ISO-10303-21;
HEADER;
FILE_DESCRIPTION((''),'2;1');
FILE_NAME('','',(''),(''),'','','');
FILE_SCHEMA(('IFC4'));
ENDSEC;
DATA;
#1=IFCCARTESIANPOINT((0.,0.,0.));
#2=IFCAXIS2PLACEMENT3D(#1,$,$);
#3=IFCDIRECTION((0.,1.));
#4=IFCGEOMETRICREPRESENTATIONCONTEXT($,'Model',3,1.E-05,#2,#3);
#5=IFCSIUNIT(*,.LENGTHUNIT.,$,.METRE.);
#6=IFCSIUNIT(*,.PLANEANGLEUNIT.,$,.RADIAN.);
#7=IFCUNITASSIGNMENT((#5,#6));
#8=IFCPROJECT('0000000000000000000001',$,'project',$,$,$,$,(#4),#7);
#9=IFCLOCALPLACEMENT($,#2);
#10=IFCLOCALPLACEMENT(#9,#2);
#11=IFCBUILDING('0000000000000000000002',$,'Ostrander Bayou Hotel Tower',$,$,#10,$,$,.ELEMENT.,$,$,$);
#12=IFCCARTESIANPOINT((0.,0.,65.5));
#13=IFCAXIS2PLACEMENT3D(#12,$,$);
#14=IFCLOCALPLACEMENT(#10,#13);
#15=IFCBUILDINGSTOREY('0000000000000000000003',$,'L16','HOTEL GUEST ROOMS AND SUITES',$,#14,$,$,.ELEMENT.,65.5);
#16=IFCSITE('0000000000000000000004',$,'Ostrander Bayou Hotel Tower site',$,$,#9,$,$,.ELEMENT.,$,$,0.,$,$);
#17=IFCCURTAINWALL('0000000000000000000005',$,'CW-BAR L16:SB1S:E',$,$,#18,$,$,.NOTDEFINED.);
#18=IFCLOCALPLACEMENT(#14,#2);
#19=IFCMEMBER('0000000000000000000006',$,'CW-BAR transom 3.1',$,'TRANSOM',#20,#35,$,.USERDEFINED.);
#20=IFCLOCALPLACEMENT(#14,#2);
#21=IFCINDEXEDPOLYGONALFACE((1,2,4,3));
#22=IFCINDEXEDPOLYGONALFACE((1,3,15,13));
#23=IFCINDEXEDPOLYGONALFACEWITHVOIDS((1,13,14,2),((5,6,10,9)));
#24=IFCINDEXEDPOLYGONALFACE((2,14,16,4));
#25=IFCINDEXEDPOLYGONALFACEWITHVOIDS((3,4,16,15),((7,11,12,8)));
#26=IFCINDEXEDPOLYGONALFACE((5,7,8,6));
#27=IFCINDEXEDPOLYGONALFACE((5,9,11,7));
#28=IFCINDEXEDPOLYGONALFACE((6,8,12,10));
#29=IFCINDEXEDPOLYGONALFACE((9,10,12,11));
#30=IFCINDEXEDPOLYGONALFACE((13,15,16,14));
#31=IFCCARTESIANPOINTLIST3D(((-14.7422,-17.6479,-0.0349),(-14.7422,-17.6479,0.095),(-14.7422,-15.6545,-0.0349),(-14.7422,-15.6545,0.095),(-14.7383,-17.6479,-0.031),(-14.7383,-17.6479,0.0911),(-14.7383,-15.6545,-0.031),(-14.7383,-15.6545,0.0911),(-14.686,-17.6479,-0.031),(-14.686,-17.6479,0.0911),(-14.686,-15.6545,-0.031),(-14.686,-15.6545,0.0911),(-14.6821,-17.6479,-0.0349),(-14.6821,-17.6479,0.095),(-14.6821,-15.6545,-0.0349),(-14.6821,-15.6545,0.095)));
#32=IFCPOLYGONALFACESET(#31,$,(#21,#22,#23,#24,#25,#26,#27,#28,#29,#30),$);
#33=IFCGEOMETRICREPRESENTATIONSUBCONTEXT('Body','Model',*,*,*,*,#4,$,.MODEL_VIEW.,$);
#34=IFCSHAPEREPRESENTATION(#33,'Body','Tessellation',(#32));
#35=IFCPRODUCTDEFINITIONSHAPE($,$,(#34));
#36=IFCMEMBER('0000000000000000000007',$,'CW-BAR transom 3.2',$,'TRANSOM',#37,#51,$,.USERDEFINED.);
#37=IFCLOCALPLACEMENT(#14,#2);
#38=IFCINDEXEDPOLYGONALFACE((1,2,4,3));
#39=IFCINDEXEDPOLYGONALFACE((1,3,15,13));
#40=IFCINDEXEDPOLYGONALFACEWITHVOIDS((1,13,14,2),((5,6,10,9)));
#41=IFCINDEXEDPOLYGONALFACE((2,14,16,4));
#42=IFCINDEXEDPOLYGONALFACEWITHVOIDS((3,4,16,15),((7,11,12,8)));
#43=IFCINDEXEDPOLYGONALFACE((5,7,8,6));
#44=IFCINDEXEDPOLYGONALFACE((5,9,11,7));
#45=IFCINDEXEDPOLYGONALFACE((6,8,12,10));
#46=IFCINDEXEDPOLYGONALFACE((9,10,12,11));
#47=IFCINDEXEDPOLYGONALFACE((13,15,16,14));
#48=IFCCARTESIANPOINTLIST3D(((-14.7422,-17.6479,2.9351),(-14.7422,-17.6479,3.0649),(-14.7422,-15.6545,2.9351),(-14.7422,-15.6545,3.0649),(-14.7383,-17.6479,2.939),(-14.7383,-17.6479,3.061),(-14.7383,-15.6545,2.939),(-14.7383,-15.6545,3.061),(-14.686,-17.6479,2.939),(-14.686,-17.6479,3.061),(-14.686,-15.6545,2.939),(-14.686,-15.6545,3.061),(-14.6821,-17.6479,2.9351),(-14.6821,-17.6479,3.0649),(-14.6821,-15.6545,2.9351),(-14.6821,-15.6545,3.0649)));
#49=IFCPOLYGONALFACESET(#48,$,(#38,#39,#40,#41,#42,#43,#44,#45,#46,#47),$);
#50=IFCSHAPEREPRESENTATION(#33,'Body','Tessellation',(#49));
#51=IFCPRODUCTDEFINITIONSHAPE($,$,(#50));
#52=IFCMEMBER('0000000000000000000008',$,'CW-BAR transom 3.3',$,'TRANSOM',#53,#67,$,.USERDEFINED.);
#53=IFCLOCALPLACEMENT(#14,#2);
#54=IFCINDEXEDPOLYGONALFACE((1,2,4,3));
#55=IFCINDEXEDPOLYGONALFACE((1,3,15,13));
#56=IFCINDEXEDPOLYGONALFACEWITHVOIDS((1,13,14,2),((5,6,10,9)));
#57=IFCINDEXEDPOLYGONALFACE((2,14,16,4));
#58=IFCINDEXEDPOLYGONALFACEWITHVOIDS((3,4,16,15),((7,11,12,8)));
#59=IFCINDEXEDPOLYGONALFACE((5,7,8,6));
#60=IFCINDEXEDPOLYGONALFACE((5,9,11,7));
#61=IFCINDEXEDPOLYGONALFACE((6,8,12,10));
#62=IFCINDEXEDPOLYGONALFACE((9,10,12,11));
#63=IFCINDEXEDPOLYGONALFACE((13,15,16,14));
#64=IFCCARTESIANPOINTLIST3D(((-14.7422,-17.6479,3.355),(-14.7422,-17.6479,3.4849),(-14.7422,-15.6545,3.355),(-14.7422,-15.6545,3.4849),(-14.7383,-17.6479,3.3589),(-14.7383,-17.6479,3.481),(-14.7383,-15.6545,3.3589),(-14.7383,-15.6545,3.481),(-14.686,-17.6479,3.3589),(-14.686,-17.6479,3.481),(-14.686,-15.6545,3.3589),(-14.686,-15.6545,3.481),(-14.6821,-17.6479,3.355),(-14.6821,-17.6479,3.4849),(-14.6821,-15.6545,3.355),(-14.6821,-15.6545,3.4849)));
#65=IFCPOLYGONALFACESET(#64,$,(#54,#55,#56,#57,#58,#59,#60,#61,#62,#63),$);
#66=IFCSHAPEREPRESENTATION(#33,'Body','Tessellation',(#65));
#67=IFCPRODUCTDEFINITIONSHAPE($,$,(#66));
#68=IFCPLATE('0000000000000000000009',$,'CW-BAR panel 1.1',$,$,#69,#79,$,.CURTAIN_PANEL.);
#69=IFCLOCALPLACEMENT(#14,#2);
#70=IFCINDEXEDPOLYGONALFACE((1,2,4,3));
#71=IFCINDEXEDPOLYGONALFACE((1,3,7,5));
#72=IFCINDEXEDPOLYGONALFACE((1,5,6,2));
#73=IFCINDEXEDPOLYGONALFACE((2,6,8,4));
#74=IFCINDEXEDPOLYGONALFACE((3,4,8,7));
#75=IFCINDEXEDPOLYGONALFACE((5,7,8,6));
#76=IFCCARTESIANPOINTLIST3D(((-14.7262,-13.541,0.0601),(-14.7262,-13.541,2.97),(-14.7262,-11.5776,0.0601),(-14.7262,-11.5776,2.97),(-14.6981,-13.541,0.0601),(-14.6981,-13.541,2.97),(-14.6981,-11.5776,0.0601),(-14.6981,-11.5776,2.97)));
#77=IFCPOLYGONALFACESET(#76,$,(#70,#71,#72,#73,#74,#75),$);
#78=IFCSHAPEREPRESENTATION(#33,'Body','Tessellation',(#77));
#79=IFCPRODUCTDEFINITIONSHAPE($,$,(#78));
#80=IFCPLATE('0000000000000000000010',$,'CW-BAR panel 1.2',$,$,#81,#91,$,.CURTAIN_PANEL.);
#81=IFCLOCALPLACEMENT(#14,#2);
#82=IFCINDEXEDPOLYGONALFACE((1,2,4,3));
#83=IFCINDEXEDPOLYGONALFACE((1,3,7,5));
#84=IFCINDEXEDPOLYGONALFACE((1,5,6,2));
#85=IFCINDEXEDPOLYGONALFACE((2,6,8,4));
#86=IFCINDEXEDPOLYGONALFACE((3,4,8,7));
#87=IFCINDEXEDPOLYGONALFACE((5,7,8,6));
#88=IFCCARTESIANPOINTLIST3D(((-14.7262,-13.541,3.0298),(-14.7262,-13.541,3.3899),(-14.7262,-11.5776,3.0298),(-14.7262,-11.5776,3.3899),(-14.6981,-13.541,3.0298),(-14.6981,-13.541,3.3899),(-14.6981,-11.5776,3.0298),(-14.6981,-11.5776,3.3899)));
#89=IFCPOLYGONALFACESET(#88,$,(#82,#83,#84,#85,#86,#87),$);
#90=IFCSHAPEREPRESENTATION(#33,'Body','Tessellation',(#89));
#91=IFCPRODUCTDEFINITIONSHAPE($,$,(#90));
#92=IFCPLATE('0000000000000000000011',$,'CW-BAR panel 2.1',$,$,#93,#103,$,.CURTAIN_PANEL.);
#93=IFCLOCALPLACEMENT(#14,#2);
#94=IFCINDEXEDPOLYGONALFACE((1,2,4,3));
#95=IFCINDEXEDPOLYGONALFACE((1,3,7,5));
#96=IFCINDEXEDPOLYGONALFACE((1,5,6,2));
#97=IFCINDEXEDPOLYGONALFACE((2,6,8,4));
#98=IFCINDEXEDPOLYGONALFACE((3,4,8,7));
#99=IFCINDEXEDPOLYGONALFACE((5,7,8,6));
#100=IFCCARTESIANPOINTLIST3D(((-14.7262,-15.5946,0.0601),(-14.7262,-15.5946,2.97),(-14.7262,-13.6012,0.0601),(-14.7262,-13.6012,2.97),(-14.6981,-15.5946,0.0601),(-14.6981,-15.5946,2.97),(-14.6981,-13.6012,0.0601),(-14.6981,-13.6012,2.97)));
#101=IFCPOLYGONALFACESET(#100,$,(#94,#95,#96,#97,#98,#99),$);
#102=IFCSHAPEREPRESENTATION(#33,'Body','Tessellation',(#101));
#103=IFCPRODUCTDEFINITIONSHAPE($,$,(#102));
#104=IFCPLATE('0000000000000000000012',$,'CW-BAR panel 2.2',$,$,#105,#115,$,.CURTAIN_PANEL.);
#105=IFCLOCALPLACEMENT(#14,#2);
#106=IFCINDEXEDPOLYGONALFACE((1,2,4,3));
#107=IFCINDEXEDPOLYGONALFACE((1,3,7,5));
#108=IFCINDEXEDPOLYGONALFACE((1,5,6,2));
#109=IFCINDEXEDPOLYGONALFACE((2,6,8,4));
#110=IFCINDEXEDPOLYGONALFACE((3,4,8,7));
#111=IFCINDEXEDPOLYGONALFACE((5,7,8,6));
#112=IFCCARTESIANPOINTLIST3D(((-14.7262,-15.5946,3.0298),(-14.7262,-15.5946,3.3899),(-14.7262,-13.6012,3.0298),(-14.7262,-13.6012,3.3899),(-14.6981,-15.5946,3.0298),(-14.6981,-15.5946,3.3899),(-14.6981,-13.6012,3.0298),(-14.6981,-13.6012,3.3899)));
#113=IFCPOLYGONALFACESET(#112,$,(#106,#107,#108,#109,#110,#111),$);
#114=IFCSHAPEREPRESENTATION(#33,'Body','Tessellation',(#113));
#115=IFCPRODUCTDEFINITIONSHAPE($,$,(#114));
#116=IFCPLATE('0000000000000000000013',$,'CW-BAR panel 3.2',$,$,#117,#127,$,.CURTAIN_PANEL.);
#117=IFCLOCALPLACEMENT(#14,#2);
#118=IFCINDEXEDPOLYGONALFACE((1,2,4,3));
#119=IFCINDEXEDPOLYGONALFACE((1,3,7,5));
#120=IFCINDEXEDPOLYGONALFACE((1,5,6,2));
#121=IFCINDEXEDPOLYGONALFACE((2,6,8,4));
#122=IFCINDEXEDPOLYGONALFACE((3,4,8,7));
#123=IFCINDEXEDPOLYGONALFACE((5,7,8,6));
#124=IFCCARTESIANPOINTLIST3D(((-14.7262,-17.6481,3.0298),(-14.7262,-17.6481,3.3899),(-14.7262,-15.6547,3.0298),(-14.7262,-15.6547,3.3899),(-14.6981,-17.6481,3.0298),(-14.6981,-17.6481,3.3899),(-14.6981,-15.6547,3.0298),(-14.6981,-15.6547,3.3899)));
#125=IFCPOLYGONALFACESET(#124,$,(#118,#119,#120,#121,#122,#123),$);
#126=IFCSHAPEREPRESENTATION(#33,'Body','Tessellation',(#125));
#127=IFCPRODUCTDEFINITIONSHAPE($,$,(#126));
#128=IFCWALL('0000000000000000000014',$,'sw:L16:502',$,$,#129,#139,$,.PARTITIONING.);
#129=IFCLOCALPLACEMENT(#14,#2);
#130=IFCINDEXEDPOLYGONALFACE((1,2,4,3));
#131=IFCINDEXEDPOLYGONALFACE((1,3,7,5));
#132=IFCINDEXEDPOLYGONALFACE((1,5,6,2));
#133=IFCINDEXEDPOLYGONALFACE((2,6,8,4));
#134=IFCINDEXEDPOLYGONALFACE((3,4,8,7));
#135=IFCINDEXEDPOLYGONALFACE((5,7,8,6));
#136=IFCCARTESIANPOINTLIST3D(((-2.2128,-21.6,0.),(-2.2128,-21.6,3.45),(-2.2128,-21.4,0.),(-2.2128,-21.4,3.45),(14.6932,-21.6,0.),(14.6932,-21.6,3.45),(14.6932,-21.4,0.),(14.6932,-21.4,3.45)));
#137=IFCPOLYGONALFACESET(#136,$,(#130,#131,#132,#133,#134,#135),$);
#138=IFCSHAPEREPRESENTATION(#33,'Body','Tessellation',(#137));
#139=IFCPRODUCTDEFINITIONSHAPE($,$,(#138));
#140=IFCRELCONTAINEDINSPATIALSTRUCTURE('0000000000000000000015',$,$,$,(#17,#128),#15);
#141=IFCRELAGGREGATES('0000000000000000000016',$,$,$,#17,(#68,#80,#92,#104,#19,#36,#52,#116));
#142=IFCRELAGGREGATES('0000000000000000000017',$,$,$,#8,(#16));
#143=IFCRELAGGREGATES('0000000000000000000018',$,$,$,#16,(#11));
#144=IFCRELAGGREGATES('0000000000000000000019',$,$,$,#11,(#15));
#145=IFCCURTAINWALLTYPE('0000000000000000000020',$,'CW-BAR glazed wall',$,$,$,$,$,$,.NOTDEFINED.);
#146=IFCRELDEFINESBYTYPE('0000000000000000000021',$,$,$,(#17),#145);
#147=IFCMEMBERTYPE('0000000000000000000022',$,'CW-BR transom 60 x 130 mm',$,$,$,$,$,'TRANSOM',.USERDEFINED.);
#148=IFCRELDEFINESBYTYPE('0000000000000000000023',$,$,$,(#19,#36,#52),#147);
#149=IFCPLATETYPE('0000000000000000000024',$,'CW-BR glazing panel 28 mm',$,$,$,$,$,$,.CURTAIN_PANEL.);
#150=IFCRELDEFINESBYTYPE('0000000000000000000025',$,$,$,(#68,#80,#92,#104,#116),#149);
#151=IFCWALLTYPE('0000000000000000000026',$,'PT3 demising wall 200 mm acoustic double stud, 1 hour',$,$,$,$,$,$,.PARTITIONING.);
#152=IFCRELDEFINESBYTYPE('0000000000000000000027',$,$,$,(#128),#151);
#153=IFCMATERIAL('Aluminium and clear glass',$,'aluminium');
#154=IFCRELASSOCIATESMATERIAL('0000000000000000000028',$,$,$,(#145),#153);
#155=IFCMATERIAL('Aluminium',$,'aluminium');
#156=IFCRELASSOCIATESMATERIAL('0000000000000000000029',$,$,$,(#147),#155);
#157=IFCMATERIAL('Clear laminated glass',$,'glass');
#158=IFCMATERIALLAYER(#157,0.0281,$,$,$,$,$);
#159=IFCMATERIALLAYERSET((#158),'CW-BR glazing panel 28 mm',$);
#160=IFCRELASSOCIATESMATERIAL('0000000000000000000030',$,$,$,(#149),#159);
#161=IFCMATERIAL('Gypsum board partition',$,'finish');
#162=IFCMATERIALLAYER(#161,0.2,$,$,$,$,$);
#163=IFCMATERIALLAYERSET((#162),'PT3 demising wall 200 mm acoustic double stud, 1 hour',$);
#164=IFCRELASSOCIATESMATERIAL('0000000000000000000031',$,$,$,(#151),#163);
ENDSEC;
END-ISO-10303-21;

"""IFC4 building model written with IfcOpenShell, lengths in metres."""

from ifc_helpers import new_model, si_unit, direction, frame, frame_2d, origin, origin_2d, place, context, subcontext, project, spatial, rectangle, hollow_rectangle, extrude, material, layer, layer_set, material_profile, profile_set, type_object, element, aggregate, save


model = new_model("IFC4")

# Units and contexts
model_context = context("Model", 3, precision=1e-05, world=origin(), true_north=direction((0.0, 1.0)))
body_context = subcontext(model_context, "Body", "Model", "MODEL_VIEW")
ifc_project = project(units=[si_unit("LENGTHUNIT", "METRE"), si_unit("PLANEANGLEUNIT", "RADIAN")], contexts=[model_context])

# Site, building, storey
site_placement = place(None, origin())
site = spatial("IfcSite", under=ifc_project, at=site_placement, Name="Ostrander Bayou Hotel Tower site", CompositionType="ELEMENT", RefElevation=0.0)
building_placement = place(site_placement, origin())
building = spatial("IfcBuilding", under=site, at=building_placement, Name="Ostrander Bayou Hotel Tower", CompositionType="ELEMENT")
storey_placement = place(building_placement, frame((0.0, 0.0, 65.5)))
storey = spatial("IfcBuildingStorey", under=building, at=storey_placement, Name="L16", Description="HOTEL GUEST ROOMS AND SUITES", CompositionType="ELEMENT", Elevation=65.5)

# Curtain wall, members, plates
ifc_material_1 = material(Name="Aluminium and clear glass", Category="aluminium")
curtain_wall_type = type_object("IfcCurtainWallType", Name="CW-BAR glazed wall", PredefinedType="NOTDEFINED", material=ifc_material_1)
curtain_wall_placement = place(storey_placement, origin())
curtain_wall = element("IfcCurtainWall", 1, at=curtain_wall_placement, inside=storey, type_object=curtain_wall_type, Name="CW-BAR L16:SB1S:E", PredefinedType="NOTDEFINED")
ifc_material_2 = material(Name="Aluminium", Category="aluminium")
ifc_material_profile_1 = material_profile(ifc_material_2, hollow_rectangle(XDim=0.0601, YDim=0.1299, WallThickness=0.0039, at=origin_2d()))
ifc_profile_set_1 = profile_set([ifc_material_profile_1], Name="Aluminium")
member_type_1 = type_object("IfcMemberType", Name="CW-BR transom 60 x 130 mm", ElementType="TRANSOM", PredefinedType="USERDEFINED", material=ifc_profile_set_1)
member_1_placement = place(storey_placement, frame((-14.7122, -15.6545, 0.03), z_axis=(0.0, -1.0, 0.0), x_axis=(1.0, 0.0, 0.0)))
member_1 = element("IfcMember", 2, at=member_1_placement, type_object=member_type_1, Name="CW-BAR transom 3.1", ObjectType="TRANSOM", PredefinedType="USERDEFINED", context=body_context, shape_type="SweptSolid", body=[
    extrude(hollow_rectangle(XDim=0.0601, YDim=0.1299, WallThickness=0.0039, at=origin_2d()), origin(), (0.0, 0.0, 1.0), 1.9934),
])
member_2_placement = place(storey_placement, frame((-14.7122, -15.6545, 3.0), z_axis=(0.0, -1.0, 0.0), x_axis=(1.0, 0.0, 0.0)))
member_2 = element("IfcMember", 3, at=member_2_placement, type_object=member_type_1, Name="CW-BAR transom 3.2", ObjectType="TRANSOM", PredefinedType="USERDEFINED", context=body_context, shape_type="SweptSolid", body=[
    extrude(hollow_rectangle(XDim=0.0601, YDim=0.1299, WallThickness=0.0039, at=origin_2d()), origin(), (0.0, 0.0, 1.0), 1.9934),
])
member_3_placement = place(storey_placement, frame((-14.7122, -15.6545, 3.4199), z_axis=(0.0, -1.0, 0.0), x_axis=(1.0, 0.0, 0.0)))
member_3 = element("IfcMember", 4, at=member_3_placement, type_object=member_type_1, Name="CW-BAR transom 3.3", ObjectType="TRANSOM", PredefinedType="USERDEFINED", context=body_context, shape_type="SweptSolid", body=[
    extrude(hollow_rectangle(XDim=0.0601, YDim=0.1299, WallThickness=0.0039, at=origin_2d()), origin(), (0.0, 0.0, 1.0), 1.9934),
])
ifc_material_3 = material(Name="Clear laminated glass", Category="glass")
ifc_layer_1 = layer(ifc_material_3, 0.0281)
ifc_layer_set_1 = layer_set([ifc_layer_1], Name="CW-BR glazing panel 28 mm")
plate_type = type_object("IfcPlateType", Name="CW-BR glazing panel 28 mm", PredefinedType="CURTAIN_PANEL", material=ifc_layer_set_1)
plate_1_placement = place(storey_placement, frame((-14.7122, -12.5593, 0.0601), z_axis=(0.0, 0.0, 1.0), x_axis=(0.0, -1.0, 0.0)))
plate_1 = element("IfcPlate", 5, at=plate_1_placement, type_object=plate_type, Name="CW-BAR panel 1.1", PredefinedType="CURTAIN_PANEL", context=body_context, shape_type="SweptSolid", body=[
    extrude(rectangle(XDim=1.9634, YDim=0.0281, at=origin_2d()), origin(), (0.0, 0.0, 1.0), 2.9099),
])
plate_2_placement = place(storey_placement, frame((-14.7122, -12.5593, 3.0298), z_axis=(0.0, 0.0, 1.0), x_axis=(0.0, -1.0, 0.0)))
plate_2 = element("IfcPlate", 6, at=plate_2_placement, type_object=plate_type, Name="CW-BAR panel 1.2", PredefinedType="CURTAIN_PANEL", context=body_context, shape_type="SweptSolid", body=[
    extrude(rectangle(XDim=1.9634, YDim=0.0281, at=origin_2d()), origin(), (0.0, 0.0, 1.0), 0.3601),
])
plate_3_placement = place(storey_placement, frame((-14.7122, -14.5979, 0.0601), z_axis=(0.0, 0.0, 1.0), x_axis=(0.0, -1.0, 0.0)))
plate_3 = element("IfcPlate", 7, at=plate_3_placement, type_object=plate_type, Name="CW-BAR panel 2.1", PredefinedType="CURTAIN_PANEL", context=body_context, shape_type="SweptSolid", body=[
    extrude(rectangle(XDim=1.9934, YDim=0.0281, at=origin_2d()), origin(), (0.0, 0.0, 1.0), 2.9099),
])
plate_4_placement = place(storey_placement, frame((-14.7122, -14.5979, 3.0298), z_axis=(0.0, 0.0, 1.0), x_axis=(0.0, -1.0, 0.0)))
plate_4 = element("IfcPlate", 8, at=plate_4_placement, type_object=plate_type, Name="CW-BAR panel 2.2", PredefinedType="CURTAIN_PANEL", context=body_context, shape_type="SweptSolid", body=[
    extrude(rectangle(XDim=1.9934, YDim=0.0281, at=origin_2d()), origin(), (0.0, 0.0, 1.0), 0.3601),
])
plate_5_placement = place(storey_placement, frame((-14.7122, -16.6514, 3.0298), z_axis=(0.0, 0.0, 1.0), x_axis=(0.0, -1.0, 0.0)))
plate_5 = element("IfcPlate", 9, at=plate_5_placement, type_object=plate_type, Name="CW-BAR panel 3.2", PredefinedType="CURTAIN_PANEL", context=body_context, shape_type="SweptSolid", body=[
    extrude(rectangle(XDim=1.9934, YDim=0.0281, at=origin_2d()), origin(), (0.0, 0.0, 1.0), 0.3601),
])
aggregate(curtain_wall, [plate_1, plate_2, plate_3, plate_4, member_1, member_2, member_3, plate_5])

# Wall
ifc_material_4 = material(Name="Gypsum board partition", Category="finish")
ifc_layer_2 = layer(ifc_material_4, 0.2)
ifc_layer_set_2 = layer_set([ifc_layer_2], Name="PT3 demising wall 200 mm acoustic double stud, 1 hour")
wall_type_1 = type_object("IfcWallType", Name="PT3 demising wall 200 mm acoustic double stud, 1 hour", PredefinedType="PARTITIONING", material=ifc_layer_set_2)
wall_1_placement = place(storey_placement, frame((-2.2129, -21.5, 0.0), z_axis=(0.0, 0.0, 1.0), x_axis=(1.0, 0.0, 0.0)))
element("IfcWall", 10, at=wall_1_placement, inside=storey, type_object=wall_type_1, Name="sw:L16:502", PredefinedType="PARTITIONING", context=body_context, shape_type="SweptSolid", body=[
    extrude(rectangle(XDim=16.906, YDim=0.2, at=frame_2d((8.4531, 0.0))), origin(), (0.0, 0.0, 1.0), 3.45),
])

save(model, "model.ifc")
